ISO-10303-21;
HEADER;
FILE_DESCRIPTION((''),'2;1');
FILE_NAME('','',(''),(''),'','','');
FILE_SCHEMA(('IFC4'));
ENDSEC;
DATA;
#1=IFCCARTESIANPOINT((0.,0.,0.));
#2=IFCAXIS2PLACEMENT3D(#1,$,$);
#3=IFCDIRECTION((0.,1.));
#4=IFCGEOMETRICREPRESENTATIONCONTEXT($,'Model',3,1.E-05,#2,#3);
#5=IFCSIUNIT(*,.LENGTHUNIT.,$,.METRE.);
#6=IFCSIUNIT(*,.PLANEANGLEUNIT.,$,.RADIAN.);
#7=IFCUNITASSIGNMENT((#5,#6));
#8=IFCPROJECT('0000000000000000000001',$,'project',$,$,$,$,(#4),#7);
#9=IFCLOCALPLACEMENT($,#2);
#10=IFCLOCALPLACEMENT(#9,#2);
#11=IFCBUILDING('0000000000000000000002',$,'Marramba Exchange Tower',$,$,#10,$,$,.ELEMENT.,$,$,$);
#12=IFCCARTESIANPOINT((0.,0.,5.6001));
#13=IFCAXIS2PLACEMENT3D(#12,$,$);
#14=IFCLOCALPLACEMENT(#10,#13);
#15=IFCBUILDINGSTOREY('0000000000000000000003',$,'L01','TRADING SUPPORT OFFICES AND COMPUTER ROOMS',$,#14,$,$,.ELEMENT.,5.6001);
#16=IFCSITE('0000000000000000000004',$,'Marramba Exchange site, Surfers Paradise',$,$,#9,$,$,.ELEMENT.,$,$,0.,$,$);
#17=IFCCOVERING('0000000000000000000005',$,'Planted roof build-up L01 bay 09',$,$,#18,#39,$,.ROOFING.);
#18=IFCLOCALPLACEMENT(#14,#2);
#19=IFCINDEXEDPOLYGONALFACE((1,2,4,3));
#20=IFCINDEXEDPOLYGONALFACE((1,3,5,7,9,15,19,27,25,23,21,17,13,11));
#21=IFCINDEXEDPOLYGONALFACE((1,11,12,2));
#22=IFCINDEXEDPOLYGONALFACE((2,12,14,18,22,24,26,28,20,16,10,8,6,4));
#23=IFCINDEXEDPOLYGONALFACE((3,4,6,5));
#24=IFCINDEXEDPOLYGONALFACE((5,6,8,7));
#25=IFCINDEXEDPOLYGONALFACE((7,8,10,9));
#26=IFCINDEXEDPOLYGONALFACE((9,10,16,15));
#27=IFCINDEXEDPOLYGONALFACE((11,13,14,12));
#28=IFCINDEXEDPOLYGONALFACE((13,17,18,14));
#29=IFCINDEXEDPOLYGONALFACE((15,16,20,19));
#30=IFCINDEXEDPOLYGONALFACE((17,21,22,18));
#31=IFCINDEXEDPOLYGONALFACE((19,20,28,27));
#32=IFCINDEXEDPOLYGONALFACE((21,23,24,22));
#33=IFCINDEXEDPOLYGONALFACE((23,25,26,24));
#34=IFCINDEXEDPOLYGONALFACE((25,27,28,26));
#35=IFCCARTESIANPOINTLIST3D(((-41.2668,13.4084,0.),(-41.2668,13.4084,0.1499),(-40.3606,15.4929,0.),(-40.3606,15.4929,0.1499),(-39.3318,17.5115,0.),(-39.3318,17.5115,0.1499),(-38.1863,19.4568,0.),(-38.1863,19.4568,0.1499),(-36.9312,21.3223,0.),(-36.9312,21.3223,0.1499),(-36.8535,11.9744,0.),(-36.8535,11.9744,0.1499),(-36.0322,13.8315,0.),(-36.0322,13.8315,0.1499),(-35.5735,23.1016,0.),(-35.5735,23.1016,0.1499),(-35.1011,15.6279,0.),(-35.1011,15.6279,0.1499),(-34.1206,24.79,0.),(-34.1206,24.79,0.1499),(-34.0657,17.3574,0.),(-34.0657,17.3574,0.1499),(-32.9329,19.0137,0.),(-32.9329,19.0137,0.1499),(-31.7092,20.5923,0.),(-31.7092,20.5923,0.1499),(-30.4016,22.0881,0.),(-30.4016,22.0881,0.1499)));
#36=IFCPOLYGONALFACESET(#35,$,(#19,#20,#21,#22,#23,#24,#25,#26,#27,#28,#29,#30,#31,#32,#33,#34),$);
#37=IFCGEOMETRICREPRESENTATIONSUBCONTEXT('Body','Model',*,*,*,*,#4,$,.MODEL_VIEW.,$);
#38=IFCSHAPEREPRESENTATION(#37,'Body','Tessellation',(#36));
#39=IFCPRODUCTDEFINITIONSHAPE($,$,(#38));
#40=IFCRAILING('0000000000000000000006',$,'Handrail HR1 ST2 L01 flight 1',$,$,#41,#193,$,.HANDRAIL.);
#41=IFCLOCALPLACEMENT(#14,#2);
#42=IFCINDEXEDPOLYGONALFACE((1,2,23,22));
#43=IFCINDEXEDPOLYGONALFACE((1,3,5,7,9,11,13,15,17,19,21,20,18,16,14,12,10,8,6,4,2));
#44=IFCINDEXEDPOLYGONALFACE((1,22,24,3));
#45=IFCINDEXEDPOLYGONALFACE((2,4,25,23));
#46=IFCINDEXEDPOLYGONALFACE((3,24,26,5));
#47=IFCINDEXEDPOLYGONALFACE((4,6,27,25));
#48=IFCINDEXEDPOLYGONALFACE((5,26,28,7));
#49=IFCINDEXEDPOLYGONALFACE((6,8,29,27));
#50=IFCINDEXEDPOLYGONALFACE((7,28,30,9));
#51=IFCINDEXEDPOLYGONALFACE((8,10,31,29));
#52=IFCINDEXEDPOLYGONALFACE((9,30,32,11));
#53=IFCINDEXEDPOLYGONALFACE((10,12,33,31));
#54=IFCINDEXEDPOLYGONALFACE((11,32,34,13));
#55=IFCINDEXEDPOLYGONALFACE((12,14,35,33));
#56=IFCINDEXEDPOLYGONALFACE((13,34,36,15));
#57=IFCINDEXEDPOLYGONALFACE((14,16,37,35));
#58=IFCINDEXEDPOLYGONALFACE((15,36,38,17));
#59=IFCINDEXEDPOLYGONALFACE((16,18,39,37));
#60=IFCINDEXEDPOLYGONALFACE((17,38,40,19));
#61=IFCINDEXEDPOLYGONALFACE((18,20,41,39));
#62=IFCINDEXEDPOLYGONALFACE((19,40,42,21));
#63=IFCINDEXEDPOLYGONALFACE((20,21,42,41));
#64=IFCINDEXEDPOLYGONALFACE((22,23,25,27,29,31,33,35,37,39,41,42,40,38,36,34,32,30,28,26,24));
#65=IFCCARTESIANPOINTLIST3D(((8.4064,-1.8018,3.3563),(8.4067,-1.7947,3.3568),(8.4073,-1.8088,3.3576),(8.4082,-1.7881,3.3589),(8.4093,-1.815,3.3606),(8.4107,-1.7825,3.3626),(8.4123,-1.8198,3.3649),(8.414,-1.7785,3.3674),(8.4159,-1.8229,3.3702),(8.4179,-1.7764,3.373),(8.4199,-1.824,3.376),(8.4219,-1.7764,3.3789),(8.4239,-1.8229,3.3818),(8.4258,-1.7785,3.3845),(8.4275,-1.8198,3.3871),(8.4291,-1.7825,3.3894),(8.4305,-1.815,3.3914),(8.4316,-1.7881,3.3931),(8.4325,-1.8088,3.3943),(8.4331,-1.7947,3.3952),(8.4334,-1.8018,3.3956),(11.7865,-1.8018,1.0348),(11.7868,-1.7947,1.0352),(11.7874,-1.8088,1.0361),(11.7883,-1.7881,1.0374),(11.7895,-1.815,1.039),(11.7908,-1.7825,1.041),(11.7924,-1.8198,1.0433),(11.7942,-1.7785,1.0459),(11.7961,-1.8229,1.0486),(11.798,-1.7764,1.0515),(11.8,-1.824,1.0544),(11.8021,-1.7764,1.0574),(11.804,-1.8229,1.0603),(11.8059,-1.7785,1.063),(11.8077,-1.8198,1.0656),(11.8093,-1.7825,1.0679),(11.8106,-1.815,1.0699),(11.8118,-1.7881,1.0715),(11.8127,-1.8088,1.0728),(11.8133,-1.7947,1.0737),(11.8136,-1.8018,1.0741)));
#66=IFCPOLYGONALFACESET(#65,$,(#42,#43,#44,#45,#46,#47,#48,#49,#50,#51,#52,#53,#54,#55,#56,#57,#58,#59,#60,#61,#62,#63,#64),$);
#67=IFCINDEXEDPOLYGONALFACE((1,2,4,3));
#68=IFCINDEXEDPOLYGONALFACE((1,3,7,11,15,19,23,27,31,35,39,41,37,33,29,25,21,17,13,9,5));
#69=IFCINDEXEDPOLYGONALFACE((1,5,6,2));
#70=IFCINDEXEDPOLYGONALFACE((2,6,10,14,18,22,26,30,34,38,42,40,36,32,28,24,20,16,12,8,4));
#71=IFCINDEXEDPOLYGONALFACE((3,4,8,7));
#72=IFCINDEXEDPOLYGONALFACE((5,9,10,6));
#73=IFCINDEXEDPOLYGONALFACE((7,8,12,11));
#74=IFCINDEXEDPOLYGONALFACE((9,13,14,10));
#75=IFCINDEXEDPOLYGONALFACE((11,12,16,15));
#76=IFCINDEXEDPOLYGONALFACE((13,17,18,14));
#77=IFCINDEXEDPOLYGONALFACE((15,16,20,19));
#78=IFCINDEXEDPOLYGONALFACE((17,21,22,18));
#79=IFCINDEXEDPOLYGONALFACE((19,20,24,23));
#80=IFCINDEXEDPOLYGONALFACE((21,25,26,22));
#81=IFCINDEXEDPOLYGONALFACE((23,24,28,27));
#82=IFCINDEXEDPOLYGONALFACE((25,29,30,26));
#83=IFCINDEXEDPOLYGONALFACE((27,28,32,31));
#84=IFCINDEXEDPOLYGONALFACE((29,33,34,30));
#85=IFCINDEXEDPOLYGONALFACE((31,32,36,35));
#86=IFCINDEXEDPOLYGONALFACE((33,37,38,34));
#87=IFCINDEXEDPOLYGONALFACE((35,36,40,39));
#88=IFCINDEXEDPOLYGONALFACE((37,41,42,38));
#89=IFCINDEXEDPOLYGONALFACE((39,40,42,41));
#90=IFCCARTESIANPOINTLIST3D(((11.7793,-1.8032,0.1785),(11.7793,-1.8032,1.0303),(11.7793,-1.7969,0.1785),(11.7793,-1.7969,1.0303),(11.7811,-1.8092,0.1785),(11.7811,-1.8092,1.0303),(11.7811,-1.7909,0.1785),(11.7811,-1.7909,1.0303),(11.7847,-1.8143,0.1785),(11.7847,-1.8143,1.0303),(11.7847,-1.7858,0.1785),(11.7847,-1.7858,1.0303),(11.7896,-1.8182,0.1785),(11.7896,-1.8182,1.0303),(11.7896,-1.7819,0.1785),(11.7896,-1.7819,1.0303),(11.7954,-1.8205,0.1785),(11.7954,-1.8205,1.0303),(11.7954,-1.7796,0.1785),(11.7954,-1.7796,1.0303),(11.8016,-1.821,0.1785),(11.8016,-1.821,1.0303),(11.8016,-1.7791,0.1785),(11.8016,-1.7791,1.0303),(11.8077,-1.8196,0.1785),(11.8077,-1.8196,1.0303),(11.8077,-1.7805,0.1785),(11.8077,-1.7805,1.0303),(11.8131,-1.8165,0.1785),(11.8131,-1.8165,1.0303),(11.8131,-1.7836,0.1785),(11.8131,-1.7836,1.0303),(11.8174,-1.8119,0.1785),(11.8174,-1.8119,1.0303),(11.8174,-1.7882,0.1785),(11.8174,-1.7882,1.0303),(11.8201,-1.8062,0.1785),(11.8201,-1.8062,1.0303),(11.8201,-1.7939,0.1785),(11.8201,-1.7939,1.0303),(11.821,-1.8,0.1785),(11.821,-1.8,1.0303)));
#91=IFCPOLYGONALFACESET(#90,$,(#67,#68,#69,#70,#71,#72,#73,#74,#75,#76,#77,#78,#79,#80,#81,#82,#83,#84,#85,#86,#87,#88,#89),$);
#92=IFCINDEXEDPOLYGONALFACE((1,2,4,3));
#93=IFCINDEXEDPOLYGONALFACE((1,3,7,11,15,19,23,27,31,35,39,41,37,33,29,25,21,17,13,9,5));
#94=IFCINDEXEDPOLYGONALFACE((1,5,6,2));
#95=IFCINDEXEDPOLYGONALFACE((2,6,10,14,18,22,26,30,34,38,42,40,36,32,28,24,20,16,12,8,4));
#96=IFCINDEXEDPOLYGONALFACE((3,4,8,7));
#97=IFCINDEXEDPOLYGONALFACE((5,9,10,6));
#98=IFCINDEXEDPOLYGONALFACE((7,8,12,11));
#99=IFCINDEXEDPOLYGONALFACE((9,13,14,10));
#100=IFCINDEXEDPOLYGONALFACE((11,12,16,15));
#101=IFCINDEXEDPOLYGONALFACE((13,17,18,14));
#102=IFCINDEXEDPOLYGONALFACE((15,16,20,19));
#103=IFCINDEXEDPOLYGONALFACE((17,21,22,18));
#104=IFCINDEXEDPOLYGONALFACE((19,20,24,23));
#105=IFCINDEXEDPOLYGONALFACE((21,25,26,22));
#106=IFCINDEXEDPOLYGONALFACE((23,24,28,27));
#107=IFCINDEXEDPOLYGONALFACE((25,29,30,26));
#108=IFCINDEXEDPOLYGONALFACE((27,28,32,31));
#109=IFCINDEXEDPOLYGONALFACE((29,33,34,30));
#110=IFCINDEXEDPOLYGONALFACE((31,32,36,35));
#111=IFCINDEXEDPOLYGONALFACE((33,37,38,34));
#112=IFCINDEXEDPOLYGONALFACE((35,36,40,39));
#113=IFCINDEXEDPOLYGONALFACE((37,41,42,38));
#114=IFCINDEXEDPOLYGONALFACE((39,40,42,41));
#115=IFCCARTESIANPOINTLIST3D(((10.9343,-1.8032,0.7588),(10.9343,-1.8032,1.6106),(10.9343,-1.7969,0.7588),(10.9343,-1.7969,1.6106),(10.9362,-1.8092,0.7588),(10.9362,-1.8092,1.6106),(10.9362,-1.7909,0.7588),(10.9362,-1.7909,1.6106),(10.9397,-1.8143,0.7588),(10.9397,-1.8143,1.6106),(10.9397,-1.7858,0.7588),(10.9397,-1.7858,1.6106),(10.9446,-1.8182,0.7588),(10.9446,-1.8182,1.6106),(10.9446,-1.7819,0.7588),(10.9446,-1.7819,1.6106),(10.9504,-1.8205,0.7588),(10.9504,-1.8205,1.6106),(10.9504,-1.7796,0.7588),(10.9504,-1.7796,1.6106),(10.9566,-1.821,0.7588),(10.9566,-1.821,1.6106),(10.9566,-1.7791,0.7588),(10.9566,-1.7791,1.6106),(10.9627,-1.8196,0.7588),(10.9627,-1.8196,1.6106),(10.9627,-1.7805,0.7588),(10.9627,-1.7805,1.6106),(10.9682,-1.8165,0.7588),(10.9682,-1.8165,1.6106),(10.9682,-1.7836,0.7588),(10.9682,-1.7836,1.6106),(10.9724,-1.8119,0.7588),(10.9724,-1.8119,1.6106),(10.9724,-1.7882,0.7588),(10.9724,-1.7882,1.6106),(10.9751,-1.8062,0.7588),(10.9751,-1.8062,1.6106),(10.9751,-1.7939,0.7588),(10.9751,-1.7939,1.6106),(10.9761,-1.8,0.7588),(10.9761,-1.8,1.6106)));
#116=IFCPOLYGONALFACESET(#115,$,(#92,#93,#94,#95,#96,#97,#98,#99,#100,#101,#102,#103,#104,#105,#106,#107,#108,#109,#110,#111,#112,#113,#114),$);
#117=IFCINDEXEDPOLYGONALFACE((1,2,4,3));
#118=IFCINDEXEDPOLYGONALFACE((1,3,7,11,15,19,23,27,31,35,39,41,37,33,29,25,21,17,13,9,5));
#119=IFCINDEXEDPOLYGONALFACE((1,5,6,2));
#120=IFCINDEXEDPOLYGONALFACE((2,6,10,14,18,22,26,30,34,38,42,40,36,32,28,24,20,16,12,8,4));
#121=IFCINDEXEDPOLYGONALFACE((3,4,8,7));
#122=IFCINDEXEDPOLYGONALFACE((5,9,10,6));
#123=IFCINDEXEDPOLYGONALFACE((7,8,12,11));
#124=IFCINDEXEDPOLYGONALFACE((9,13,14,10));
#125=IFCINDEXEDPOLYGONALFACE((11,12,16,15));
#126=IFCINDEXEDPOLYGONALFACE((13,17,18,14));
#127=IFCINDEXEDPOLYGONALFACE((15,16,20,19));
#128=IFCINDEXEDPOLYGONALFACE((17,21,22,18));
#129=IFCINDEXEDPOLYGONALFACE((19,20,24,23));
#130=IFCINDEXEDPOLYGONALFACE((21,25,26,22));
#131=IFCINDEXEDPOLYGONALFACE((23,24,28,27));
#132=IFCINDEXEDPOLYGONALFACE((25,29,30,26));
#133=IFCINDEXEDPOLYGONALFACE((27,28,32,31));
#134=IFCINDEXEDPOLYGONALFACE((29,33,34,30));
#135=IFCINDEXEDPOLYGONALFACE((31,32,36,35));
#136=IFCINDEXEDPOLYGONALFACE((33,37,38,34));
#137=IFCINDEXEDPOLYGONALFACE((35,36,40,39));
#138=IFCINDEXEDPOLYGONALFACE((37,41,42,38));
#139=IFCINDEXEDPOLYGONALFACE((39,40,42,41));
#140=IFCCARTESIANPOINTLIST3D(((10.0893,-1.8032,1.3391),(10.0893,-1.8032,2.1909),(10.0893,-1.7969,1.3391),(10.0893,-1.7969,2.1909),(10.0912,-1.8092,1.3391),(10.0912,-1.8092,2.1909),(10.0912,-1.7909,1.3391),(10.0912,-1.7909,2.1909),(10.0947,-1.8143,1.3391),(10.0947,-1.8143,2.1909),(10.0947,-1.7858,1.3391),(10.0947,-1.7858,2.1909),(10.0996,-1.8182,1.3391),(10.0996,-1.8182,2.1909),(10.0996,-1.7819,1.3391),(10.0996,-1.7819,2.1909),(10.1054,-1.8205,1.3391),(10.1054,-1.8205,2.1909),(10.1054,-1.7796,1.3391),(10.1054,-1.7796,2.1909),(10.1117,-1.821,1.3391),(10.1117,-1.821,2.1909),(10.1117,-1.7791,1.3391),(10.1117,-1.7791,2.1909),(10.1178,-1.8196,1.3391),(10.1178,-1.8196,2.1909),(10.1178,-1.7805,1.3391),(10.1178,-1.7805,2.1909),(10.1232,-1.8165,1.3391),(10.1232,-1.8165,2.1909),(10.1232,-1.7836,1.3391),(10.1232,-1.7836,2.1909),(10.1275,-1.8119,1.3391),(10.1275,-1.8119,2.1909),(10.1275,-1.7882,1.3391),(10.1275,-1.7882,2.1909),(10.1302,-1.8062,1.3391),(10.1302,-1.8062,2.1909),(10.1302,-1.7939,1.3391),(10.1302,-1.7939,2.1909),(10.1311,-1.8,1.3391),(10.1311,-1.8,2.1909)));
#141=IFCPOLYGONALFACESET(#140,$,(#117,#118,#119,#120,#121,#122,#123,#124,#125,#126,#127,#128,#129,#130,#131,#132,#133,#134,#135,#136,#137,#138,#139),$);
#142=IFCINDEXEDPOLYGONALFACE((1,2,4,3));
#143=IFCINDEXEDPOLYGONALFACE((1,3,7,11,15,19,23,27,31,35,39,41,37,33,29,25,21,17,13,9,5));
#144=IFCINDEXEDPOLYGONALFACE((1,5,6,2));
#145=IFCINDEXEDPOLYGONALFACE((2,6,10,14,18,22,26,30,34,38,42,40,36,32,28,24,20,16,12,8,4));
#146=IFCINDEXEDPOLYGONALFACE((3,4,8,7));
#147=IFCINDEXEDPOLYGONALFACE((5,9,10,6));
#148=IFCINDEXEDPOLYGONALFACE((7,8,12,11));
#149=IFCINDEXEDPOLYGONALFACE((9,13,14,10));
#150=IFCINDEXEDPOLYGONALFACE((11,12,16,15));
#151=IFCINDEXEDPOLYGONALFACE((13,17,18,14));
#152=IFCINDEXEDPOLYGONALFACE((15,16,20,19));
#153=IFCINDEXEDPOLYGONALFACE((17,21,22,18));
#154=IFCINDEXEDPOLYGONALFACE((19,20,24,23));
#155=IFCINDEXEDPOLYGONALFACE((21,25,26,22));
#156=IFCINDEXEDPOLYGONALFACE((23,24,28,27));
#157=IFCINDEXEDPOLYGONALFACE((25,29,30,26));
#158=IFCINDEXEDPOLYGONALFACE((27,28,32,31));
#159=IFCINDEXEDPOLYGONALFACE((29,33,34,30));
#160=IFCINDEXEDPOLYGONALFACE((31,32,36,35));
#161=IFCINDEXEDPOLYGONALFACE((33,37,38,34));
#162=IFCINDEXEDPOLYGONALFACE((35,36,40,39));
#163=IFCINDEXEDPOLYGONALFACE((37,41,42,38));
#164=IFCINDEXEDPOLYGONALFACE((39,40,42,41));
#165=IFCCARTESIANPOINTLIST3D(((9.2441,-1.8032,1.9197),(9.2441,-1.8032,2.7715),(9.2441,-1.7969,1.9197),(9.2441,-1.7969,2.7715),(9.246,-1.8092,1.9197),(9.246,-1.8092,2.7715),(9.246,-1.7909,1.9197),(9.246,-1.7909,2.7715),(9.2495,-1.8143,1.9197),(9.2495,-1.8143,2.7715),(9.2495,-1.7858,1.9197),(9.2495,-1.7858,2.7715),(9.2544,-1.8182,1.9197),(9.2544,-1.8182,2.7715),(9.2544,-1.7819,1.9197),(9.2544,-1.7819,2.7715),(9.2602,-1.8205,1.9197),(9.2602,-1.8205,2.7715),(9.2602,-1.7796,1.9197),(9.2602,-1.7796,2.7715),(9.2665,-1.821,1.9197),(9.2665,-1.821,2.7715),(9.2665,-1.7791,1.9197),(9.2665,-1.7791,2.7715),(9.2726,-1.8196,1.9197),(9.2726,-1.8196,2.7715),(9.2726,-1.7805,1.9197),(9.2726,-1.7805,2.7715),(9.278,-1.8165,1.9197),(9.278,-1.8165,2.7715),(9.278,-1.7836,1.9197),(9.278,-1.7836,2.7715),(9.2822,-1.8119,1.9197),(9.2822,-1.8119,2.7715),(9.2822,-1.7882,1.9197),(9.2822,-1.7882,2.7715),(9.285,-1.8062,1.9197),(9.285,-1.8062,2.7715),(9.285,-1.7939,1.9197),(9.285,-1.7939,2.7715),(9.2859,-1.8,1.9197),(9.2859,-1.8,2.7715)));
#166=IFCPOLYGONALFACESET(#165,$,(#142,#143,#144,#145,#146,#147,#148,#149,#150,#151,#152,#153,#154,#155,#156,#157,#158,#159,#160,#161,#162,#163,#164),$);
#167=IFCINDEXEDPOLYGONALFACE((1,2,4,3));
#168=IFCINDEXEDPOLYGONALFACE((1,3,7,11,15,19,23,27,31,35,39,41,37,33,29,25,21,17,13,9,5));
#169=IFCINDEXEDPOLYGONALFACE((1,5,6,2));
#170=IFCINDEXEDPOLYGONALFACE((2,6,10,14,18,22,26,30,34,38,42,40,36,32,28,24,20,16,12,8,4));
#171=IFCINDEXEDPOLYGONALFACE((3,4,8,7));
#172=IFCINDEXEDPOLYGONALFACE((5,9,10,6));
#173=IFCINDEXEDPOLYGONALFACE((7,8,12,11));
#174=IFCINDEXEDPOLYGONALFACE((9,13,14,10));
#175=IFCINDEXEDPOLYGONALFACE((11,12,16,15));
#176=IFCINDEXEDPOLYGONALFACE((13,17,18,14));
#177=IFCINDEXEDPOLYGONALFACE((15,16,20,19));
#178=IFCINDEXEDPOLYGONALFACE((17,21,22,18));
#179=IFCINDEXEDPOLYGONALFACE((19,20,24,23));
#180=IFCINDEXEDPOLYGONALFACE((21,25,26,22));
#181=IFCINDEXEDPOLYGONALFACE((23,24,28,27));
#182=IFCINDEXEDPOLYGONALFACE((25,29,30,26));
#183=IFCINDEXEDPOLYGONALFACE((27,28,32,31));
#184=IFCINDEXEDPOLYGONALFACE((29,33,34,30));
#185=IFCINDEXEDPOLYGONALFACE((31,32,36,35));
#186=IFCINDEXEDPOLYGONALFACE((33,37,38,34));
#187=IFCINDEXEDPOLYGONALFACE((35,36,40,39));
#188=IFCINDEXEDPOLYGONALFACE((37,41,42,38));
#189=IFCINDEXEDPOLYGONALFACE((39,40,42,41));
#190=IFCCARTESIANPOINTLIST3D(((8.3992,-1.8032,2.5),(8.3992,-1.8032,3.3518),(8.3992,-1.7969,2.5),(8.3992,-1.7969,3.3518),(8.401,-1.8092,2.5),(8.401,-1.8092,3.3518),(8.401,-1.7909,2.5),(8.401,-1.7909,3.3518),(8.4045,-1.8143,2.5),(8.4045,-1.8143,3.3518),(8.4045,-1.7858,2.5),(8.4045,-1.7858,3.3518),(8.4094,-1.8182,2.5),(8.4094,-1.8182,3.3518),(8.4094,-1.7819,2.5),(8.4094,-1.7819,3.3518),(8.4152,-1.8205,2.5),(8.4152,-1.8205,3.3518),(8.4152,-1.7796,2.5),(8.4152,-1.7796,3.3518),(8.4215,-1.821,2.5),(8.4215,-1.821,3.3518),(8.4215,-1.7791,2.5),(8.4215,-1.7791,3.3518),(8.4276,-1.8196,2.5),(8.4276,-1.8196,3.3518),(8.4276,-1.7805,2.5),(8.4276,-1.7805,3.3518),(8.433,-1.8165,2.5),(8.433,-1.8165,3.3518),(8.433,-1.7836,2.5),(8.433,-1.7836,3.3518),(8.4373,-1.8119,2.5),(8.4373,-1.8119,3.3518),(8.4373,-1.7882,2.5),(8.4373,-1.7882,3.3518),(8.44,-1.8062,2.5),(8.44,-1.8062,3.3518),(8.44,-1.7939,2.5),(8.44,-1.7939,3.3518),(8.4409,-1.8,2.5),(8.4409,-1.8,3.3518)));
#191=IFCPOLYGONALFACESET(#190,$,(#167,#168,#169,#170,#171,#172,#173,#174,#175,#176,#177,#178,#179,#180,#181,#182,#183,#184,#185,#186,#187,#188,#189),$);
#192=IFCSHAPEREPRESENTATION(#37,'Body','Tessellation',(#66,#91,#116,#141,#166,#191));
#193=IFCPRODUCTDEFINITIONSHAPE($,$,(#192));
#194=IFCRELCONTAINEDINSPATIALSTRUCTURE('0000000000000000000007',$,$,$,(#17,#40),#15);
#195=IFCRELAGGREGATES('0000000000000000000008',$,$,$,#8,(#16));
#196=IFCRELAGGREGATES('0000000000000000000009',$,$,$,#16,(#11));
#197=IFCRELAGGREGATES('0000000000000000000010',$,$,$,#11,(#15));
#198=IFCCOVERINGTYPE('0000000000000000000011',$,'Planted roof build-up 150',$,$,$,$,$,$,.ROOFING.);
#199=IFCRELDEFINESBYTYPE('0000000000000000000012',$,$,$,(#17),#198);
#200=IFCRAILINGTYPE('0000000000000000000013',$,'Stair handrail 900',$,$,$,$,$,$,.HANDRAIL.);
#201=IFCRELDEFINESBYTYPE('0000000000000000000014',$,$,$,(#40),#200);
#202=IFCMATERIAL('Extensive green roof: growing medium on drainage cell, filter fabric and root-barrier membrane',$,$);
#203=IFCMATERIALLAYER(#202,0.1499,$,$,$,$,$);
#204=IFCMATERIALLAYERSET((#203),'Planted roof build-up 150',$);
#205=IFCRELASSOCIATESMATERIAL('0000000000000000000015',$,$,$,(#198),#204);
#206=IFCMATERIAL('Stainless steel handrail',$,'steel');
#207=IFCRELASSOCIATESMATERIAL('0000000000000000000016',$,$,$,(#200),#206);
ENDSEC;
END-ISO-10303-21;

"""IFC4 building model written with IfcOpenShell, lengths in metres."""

from ifc_helpers import new_model, si_unit, direction, frame, origin, origin_2d, place, context, subcontext, project, spatial, polyline, circle, outline, extrude, material, layer, layer_set, type_object, element, save


model = new_model("IFC4")

# Units and contexts
model_context = context("Model", 3, precision=1e-05, world=origin(), true_north=direction((0.0, 1.0)))
body_context = subcontext(model_context, "Body", "Model", "MODEL_VIEW")
ifc_project = project(units=[si_unit("LENGTHUNIT", "METRE"), si_unit("PLANEANGLEUNIT", "RADIAN")], contexts=[model_context])

# Site, building, storey
site_placement = place(None, origin())
site = spatial("IfcSite", under=ifc_project, at=site_placement, Name="Marramba Exchange site, Surfers Paradise", CompositionType="ELEMENT", RefElevation=0.0)
building_placement = place(site_placement, origin())
building = spatial("IfcBuilding", under=site, at=building_placement, Name="Marramba Exchange Tower", CompositionType="ELEMENT")
storey_placement = place(building_placement, frame((0.0, 0.0, 5.6001)))
storey = spatial("IfcBuildingStorey", under=building, at=storey_placement, Name="L01", Description="TRADING SUPPORT OFFICES AND COMPUTER ROOMS", CompositionType="ELEMENT", Elevation=5.6001)

# Covering
ifc_material_1 = material(Name="Extensive green roof: growing medium on drainage cell, filter fabric and root-barrier membrane")
ifc_layer_1 = layer(ifc_material_1, 0.1499)
ifc_layer_set_1 = layer_set([ifc_layer_1], Name="Planted roof build-up 150")
covering_type = type_object("IfcCoveringType", Name="Planted roof build-up 150", PredefinedType="ROOFING", material=ifc_layer_set_1)
covering_1_placement = place(storey_placement, origin())
element("IfcCovering", 1, at=covering_1_placement, inside=storey, type_object=covering_type, Name="Planted roof build-up L01 bay 09", PredefinedType="ROOFING", context=body_context, shape_type="SweptSolid", body=[
    extrude(outline(polyline([(-30.4016, 22.0881), (-31.7092, 20.5923), (-32.9329, 19.0137), (-34.0657, 17.3574), (-35.1011, 15.6279), (-36.0322, 13.8315), (-36.8535, 11.9744), (-41.2668, 13.4084), (-41.2668, 13.4084), (-40.3606, 15.4929), (-39.3318, 17.5115), (-38.1863, 19.4568), (-36.9312, 21.3223), (-35.5735, 23.1016), (-34.1206, 24.79), (-34.1206, 24.79), (-30.4016, 22.0881)])), origin(), (0.0, 0.0, 1.0), 0.1499),
])

# Railing
ifc_material_2 = material(Name="Stainless steel handrail", Category="steel")
railing_type = type_object("IfcRailingType", Name="Stair handrail 900", PredefinedType="HANDRAIL", material=ifc_material_2)
railing_1_placement = place(storey_placement, frame((11.8, -1.8, 0.1785)))
element("IfcRailing", 2, at=railing_1_placement, inside=storey, type_object=railing_type, Name="Handrail HR1 ST2 L01 flight 1", PredefinedType="HANDRAIL", context=body_context, shape_type="SweptSolid", body=[
    extrude(circle(Radius=0.0239, at=origin_2d()), frame((0.0, 0.0, 0.876), z_axis=(-0.824304, 0.0, 0.566147), x_axis=(0.0, -1.0, 0.0)), (0.0, 0.0, 1.0), 4.1006),
    extrude(circle(Radius=0.021, at=origin_2d()), origin(), (0.0, 0.0, 1.0), 0.8518),
    extrude(circle(Radius=0.021, at=origin_2d()), frame((-0.845, 0.0, 0.5803)), (0.0, 0.0, 1.0), 0.8518),
    extrude(circle(Radius=0.021, at=origin_2d()), frame((-1.6899, 0.0, 1.1606)), (0.0, 0.0, 1.0), 0.8518),
    extrude(circle(Radius=0.021, at=origin_2d()), frame((-2.5352, 0.0, 1.7412)), (0.0, 0.0, 1.0), 0.8518),
    extrude(circle(Radius=0.021, at=origin_2d()), frame((-3.3801, 0.0, 2.3215)), (0.0, 0.0, 1.0), 0.8518),
])

save(model, "model.ifc")
